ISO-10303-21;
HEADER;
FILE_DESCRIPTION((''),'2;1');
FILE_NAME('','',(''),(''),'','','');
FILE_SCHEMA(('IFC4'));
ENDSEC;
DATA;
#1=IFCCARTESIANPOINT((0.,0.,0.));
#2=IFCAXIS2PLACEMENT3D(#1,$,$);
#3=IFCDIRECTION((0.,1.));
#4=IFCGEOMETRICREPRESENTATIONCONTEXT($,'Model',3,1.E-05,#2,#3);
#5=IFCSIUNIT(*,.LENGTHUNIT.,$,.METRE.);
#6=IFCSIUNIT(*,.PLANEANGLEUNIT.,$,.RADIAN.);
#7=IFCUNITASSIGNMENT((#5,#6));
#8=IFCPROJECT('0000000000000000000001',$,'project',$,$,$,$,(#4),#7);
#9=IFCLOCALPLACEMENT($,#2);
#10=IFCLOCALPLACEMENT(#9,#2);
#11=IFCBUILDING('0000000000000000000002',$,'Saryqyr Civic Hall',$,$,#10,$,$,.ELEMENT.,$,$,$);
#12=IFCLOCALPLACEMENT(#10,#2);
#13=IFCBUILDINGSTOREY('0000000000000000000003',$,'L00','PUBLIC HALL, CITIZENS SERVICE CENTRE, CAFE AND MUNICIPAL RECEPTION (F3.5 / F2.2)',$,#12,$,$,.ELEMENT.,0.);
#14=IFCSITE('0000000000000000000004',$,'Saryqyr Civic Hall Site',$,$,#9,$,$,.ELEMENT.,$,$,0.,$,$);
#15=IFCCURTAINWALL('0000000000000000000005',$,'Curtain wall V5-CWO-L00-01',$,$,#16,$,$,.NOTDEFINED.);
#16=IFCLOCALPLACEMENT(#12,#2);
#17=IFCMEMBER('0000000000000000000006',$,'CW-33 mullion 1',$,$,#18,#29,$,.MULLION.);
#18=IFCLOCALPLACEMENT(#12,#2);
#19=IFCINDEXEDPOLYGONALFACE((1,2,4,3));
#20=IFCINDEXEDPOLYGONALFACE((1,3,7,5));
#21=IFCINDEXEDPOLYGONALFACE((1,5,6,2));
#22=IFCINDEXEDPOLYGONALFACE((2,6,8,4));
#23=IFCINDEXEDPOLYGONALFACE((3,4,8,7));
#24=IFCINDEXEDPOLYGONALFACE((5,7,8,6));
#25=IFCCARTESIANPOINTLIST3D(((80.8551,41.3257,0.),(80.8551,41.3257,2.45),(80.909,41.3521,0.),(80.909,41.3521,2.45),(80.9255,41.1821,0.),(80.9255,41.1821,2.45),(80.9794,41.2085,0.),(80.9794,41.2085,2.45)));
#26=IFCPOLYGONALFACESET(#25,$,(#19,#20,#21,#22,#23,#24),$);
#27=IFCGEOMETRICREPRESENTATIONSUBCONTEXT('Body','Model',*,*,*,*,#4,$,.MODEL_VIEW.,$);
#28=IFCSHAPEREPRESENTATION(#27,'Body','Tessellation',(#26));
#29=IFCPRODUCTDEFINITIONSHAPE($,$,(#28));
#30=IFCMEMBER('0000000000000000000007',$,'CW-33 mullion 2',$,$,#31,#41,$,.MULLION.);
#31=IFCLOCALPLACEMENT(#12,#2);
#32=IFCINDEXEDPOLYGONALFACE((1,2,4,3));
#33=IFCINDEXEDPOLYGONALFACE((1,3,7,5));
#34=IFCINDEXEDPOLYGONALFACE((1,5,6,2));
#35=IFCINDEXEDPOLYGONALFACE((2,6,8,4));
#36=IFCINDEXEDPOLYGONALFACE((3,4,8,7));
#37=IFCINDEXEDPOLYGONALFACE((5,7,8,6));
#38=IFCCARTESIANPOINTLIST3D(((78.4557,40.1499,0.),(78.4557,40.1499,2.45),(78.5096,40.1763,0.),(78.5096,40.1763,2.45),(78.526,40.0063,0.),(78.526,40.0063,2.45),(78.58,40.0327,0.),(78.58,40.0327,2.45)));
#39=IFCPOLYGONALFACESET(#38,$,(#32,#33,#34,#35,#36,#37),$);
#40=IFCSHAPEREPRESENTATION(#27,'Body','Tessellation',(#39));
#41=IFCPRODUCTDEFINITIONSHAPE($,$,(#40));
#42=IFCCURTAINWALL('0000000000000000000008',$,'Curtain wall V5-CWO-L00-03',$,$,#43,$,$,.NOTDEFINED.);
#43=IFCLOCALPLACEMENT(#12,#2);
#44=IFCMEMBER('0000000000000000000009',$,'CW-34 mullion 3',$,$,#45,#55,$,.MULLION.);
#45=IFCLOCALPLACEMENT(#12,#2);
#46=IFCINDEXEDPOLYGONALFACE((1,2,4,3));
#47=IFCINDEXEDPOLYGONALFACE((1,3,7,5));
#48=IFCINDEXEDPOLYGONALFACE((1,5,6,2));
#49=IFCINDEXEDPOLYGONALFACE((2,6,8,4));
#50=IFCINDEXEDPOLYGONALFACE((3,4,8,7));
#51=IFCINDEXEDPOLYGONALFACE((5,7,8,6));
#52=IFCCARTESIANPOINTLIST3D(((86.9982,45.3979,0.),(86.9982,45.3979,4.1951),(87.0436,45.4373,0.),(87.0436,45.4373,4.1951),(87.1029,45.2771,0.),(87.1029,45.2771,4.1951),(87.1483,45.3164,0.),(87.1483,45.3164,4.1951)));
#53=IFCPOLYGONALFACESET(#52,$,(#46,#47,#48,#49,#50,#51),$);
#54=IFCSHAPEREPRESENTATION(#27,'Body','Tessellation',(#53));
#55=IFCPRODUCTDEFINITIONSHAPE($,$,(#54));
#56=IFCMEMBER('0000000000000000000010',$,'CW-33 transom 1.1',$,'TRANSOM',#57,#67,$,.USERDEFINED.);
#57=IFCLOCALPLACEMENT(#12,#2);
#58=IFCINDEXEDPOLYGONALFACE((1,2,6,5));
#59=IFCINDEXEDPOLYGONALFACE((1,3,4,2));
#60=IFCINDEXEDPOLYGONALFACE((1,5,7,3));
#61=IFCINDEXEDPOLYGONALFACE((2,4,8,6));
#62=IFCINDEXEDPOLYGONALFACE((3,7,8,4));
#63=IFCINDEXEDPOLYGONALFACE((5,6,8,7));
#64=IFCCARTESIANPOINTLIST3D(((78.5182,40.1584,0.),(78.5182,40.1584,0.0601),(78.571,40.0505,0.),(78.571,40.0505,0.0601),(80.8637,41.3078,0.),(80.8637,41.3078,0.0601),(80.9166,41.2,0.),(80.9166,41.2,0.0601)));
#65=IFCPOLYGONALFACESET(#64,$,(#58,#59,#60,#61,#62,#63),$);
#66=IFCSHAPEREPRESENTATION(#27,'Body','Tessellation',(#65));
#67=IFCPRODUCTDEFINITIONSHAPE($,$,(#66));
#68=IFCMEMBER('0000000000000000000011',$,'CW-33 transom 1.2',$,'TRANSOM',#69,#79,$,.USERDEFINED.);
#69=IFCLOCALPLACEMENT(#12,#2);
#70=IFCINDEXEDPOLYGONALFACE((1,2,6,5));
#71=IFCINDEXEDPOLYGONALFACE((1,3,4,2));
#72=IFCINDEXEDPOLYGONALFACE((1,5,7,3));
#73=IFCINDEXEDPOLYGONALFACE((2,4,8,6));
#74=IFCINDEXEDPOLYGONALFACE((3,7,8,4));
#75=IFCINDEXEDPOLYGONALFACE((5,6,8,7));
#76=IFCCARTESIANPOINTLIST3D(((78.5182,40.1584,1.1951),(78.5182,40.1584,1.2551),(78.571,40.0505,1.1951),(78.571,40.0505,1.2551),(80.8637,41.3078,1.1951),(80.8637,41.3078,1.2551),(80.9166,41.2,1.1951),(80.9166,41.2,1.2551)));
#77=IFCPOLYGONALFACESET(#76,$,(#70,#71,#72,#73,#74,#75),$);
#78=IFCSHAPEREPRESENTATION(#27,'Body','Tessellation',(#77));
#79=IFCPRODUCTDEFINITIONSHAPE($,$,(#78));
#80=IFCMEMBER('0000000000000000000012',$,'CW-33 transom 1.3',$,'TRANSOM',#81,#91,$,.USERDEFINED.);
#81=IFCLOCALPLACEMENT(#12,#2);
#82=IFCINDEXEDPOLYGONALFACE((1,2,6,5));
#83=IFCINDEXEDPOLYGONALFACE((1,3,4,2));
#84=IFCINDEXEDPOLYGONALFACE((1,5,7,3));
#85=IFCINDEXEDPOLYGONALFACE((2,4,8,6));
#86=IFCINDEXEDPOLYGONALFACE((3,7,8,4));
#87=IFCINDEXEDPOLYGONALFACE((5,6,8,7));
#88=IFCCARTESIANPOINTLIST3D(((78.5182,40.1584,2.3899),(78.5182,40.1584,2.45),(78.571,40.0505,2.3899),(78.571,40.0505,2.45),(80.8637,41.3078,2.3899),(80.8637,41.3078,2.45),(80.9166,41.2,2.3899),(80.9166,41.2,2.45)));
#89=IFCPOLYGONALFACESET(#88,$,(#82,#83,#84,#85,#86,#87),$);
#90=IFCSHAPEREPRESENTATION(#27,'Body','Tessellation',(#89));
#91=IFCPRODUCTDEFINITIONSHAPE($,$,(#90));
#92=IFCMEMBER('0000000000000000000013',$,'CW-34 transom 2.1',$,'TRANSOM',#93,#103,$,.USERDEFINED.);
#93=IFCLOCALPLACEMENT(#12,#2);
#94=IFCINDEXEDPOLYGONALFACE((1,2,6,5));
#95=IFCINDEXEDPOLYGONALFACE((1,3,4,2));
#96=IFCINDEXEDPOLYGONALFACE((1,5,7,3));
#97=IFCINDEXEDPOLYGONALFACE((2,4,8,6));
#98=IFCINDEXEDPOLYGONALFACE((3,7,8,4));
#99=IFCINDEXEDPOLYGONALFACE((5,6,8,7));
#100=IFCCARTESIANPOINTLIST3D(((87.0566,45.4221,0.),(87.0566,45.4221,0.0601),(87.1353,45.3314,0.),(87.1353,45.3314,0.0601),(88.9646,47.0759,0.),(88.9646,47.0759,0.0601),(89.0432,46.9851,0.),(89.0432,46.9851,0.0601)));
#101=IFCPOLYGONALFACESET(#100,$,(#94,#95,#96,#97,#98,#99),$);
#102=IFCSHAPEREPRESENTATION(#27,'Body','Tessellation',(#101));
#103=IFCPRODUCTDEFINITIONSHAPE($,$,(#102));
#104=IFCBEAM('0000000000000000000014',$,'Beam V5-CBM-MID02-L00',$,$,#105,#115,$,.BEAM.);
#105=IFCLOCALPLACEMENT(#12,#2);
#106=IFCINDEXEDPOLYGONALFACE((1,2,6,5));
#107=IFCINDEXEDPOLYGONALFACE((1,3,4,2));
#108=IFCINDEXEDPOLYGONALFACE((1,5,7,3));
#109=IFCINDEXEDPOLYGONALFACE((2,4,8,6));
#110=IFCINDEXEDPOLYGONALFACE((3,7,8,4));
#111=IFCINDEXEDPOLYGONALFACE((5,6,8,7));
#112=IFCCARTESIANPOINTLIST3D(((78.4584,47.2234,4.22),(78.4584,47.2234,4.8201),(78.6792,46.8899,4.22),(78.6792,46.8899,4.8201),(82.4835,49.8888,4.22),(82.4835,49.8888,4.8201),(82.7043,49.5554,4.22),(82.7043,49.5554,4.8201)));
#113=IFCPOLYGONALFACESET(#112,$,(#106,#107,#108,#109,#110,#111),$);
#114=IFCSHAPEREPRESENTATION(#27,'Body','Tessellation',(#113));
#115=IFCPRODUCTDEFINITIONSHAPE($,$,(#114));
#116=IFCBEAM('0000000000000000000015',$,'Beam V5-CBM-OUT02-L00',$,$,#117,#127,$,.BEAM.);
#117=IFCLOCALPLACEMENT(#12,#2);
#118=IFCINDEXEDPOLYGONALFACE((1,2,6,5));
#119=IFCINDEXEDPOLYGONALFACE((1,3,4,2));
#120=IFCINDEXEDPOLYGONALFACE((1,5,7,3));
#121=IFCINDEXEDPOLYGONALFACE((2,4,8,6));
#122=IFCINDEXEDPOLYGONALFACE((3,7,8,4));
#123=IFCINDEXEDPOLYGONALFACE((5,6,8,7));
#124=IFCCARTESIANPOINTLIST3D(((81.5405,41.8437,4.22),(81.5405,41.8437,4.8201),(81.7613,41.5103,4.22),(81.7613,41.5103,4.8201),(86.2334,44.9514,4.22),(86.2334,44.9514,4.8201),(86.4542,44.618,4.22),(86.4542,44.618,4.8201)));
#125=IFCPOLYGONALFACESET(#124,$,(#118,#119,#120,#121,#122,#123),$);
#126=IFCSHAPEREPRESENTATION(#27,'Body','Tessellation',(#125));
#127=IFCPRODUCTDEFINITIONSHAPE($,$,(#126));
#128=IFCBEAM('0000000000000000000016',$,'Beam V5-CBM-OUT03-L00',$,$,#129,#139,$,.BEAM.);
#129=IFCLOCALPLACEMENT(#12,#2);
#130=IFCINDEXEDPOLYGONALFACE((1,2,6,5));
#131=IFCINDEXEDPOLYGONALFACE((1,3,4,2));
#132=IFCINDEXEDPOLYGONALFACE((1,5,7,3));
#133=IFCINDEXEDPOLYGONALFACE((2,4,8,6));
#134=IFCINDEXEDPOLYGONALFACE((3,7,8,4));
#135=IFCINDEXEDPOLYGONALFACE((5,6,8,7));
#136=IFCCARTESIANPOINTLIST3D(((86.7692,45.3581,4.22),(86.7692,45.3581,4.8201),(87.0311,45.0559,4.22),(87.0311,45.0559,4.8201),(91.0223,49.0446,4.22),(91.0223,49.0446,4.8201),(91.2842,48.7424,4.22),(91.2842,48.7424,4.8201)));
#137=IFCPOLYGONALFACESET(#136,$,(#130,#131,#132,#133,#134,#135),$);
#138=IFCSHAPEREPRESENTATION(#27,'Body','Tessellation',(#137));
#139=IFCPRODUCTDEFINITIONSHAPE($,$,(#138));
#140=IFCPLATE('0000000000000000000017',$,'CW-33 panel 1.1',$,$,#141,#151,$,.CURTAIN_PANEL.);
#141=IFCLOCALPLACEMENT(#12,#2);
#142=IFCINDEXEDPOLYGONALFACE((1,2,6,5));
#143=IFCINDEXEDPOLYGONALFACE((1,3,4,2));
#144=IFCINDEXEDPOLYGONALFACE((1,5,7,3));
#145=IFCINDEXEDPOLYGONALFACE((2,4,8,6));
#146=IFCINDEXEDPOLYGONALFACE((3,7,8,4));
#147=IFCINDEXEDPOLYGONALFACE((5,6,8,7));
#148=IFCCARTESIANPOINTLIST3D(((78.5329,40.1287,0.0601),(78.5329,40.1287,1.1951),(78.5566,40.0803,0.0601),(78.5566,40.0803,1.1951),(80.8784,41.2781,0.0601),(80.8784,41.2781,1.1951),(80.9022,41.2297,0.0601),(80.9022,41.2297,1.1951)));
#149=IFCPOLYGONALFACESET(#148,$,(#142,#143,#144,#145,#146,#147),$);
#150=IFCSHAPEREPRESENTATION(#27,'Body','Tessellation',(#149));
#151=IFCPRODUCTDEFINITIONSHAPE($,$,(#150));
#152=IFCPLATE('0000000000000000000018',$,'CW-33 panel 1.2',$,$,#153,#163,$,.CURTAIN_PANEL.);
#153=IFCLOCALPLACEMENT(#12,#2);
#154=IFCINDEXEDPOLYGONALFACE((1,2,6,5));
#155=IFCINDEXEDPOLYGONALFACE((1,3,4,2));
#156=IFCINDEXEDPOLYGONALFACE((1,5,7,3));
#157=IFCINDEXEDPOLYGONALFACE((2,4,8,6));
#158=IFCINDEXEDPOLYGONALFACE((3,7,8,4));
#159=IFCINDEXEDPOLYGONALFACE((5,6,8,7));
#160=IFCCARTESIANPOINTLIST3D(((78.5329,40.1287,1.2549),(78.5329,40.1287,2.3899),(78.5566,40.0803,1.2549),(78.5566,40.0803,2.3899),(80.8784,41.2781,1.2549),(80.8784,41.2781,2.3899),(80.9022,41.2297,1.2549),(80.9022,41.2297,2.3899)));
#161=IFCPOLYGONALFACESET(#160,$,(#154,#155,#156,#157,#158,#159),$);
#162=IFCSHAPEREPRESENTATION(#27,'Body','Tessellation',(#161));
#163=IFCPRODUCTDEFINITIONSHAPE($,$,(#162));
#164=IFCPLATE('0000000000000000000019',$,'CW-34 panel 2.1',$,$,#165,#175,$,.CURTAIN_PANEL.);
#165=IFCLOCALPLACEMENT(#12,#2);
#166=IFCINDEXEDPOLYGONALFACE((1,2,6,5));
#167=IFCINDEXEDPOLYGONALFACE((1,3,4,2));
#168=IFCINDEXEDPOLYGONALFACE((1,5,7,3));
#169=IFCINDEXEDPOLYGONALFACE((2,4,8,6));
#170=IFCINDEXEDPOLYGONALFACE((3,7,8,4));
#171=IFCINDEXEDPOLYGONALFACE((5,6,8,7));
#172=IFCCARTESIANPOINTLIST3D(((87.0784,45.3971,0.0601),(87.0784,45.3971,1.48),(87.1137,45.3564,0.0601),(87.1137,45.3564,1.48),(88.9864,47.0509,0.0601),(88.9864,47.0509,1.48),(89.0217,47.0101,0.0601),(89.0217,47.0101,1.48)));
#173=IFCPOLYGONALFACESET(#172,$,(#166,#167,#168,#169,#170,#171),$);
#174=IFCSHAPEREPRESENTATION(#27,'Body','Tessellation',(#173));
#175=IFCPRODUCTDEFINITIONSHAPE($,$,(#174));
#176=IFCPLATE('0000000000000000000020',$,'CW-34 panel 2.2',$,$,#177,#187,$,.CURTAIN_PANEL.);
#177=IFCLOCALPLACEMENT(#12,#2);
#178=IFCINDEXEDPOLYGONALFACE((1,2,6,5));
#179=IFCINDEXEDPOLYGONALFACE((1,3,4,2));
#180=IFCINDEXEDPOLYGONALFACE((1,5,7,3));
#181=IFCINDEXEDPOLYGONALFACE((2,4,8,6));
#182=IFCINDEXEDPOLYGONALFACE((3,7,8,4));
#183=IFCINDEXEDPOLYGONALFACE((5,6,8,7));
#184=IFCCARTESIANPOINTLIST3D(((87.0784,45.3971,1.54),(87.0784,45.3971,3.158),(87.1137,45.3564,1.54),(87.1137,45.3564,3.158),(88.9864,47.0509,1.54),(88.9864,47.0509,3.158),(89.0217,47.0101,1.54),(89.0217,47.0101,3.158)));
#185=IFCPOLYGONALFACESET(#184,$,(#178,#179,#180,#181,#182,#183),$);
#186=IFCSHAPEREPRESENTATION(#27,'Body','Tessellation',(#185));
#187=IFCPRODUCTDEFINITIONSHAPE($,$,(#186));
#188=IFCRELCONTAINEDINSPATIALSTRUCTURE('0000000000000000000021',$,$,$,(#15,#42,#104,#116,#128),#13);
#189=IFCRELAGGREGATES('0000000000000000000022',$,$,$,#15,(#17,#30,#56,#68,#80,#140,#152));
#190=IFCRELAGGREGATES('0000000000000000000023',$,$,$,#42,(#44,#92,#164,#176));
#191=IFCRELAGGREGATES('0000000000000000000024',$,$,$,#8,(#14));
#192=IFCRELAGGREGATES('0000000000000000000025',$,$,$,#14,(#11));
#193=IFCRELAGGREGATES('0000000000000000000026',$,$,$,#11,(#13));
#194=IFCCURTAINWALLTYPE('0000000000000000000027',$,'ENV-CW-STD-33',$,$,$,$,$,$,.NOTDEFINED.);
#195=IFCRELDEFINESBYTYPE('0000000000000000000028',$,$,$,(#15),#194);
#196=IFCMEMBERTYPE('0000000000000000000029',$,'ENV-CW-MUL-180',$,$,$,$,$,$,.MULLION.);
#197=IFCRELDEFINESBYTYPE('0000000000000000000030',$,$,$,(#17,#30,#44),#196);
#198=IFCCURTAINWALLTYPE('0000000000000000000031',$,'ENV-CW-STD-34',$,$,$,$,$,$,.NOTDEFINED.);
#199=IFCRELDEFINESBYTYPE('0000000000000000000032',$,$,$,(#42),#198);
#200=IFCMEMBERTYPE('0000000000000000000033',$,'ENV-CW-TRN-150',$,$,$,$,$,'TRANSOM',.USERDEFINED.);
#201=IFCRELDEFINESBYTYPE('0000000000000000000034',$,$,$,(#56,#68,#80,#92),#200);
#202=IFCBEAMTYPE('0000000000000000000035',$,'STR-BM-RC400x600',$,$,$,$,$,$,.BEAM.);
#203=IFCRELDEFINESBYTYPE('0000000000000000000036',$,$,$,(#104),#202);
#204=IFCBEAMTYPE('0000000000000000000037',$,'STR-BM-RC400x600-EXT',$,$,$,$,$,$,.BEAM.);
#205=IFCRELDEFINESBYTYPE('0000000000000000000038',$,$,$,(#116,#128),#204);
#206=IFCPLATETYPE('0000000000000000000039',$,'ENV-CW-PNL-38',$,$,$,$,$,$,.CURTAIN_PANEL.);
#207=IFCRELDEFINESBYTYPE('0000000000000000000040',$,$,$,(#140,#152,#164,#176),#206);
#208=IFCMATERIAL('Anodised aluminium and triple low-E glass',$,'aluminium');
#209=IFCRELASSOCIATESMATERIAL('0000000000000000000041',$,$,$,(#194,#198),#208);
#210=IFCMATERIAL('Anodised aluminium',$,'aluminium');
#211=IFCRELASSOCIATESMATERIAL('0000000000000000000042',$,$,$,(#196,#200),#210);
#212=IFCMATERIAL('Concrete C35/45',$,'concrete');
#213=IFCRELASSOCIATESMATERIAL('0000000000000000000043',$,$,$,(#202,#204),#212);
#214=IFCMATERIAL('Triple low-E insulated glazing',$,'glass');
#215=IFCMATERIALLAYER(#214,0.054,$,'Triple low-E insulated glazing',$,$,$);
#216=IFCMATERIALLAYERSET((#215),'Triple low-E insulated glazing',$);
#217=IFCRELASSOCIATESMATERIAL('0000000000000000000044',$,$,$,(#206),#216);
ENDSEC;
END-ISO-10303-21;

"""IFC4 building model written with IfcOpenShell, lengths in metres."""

from ifc_helpers import new_model, si_unit, direction, frame, origin, origin_2d, place, context, subcontext, project, spatial, rectangle, extrude, material, layer, layer_set, material_profile, profile_set, type_object, element, aggregate, save


model = new_model("IFC4")

# Units and contexts
model_context = context("Model", 3, precision=1e-05, world=origin(), true_north=direction((0.0, 1.0)))
body_context = subcontext(model_context, "Body", "Model", "MODEL_VIEW")
ifc_project = project(units=[si_unit("LENGTHUNIT", "METRE"), si_unit("PLANEANGLEUNIT", "RADIAN")], contexts=[model_context])

# Site, building, storey
site_placement = place(None, origin())
site = spatial("IfcSite", under=ifc_project, at=site_placement, Name="Saryqyr Civic Hall Site", CompositionType="ELEMENT", RefElevation=0.0)
building_placement = place(site_placement, origin())
building = spatial("IfcBuilding", under=site, at=building_placement, Name="Saryqyr Civic Hall", CompositionType="ELEMENT")
storey_placement = place(building_placement, origin())
storey = spatial("IfcBuildingStorey", under=building, at=storey_placement, Name="L00", Description="PUBLIC HALL, CITIZENS SERVICE CENTRE, CAFE AND MUNICIPAL RECEPTION (F3.5 / F2.2)", CompositionType="ELEMENT", Elevation=0.0)

# Curtain wall, members
ifc_material_1 = material(Name="Anodised aluminium and triple low-E glass", Category="aluminium")
curtain_wall_type_1 = type_object("IfcCurtainWallType", Name="ENV-CW-STD-33", PredefinedType="NOTDEFINED", material=ifc_material_1)
curtain_wall_1_placement = place(storey_placement, origin())
curtain_wall_1 = element("IfcCurtainWall", 1, at=curtain_wall_1_placement, inside=storey, type_object=curtain_wall_type_1, Name="Curtain wall V5-CWO-L00-01", PredefinedType="NOTDEFINED")
ifc_material_2 = material(Name="Anodised aluminium", Category="aluminium")
ifc_material_profile_1 = material_profile(ifc_material_2, rectangle(XDim=0.0601, YDim=0.1599, at=origin_2d()), Name="ALU MULLION 60x160")
ifc_profile_set_1 = profile_set([ifc_material_profile_1], Name="Anodised aluminium")
member_type_1 = type_object("IfcMemberType", Name="ENV-CW-MUL-180", PredefinedType="MULLION", material=ifc_profile_set_1)
member_1_placement = place(storey_placement, frame((80.9172, 41.2671, 0.0), z_axis=(0.0, 0.0, 1.0), x_axis=(-0.897977, -0.440042, 0.0)))
member_1 = element("IfcMember", 2, at=member_1_placement, type_object=member_type_1, Name="CW-33 mullion 1", PredefinedType="MULLION", context=body_context, shape_type="SweptSolid", body=[
    extrude(rectangle(XDim=0.0601, YDim=0.1599, at=origin_2d()), origin(), (0.0, 0.0, 1.0), 2.45),
])
member_2_placement = place(storey_placement, frame((78.5178, 40.0913, 0.0), z_axis=(0.0, 0.0, 1.0), x_axis=(-0.897977, -0.440042, 0.0)))
member_2 = element("IfcMember", 3, at=member_2_placement, type_object=member_type_1, Name="CW-33 mullion 2", PredefinedType="MULLION", context=body_context, shape_type="SweptSolid", body=[
    extrude(rectangle(XDim=0.0601, YDim=0.1599, at=origin_2d()), origin(), (0.0, 0.0, 1.0), 2.45),
])

# Curtain wall, member
curtain_wall_type_2 = type_object("IfcCurtainWallType", Name="ENV-CW-STD-34", PredefinedType="NOTDEFINED", material=ifc_material_1)
curtain_wall_2_placement = place(storey_placement, origin())
curtain_wall_2 = element("IfcCurtainWall", 4, at=curtain_wall_2_placement, inside=storey, type_object=curtain_wall_type_2, Name="Curtain wall V5-CWO-L00-03", PredefinedType="NOTDEFINED")
member_3_placement = place(storey_placement, frame((87.0732, 45.3572, 0.0), z_axis=(0.0, 0.0, 1.0), x_axis=(-0.755656, -0.654968, 0.0)))
member_3 = element("IfcMember", 5, at=member_3_placement, type_object=member_type_1, Name="CW-34 mullion 3", PredefinedType="MULLION", context=body_context, shape_type="SweptSolid", body=[
    extrude(rectangle(XDim=0.0601, YDim=0.1599, at=origin_2d()), origin(), (0.0, 0.0, 1.0), 4.1951),
])

# Members
ifc_material_profile_2 = material_profile(ifc_material_2, rectangle(XDim=0.1201, YDim=0.0601, at=origin_2d()), Name="ALU TRANSOM 120x60")
ifc_profile_set_2 = profile_set([ifc_material_profile_2], Name="Anodised aluminium")
member_type_2 = type_object("IfcMemberType", Name="ENV-CW-TRN-150", ElementType="TRANSOM", PredefinedType="USERDEFINED", material=ifc_profile_set_2)
member_4_placement = place(storey_placement, frame((80.8901, 41.2539, 0.03), z_axis=(-0.897969, -0.440058, 0.0), x_axis=(0.440058, -0.897969, 0.0)))
member_4 = element("IfcMember", 6, at=member_4_placement, type_object=member_type_2, Name="CW-33 transom 1.1", ObjectType="TRANSOM", PredefinedType="USERDEFINED", context=body_context, shape_type="SweptSolid", body=[
    extrude(rectangle(XDim=0.1201, YDim=0.0601, at=origin_2d()), origin(), (0.0, 0.0, 1.0), 2.6121),
])
member_5_placement = place(storey_placement, frame((80.8901, 41.2539, 1.2251), z_axis=(-0.897969, -0.440058, 0.0), x_axis=(0.440058, -0.897969, 0.0)))
member_5 = element("IfcMember", 7, at=member_5_placement, type_object=member_type_2, Name="CW-33 transom 1.2", ObjectType="TRANSOM", PredefinedType="USERDEFINED", context=body_context, shape_type="SweptSolid", body=[
    extrude(rectangle(XDim=0.1201, YDim=0.0601, at=origin_2d()), origin(), (0.0, 0.0, 1.0), 2.6121),
])
member_6_placement = place(storey_placement, frame((80.8901, 41.2539, 2.4199), z_axis=(-0.897969, -0.440058, 0.0), x_axis=(0.440058, -0.897969, 0.0)))
member_6 = element("IfcMember", 8, at=member_6_placement, type_object=member_type_2, Name="CW-33 transom 1.3", ObjectType="TRANSOM", PredefinedType="USERDEFINED", context=body_context, shape_type="SweptSolid", body=[
    extrude(rectangle(XDim=0.1201, YDim=0.0601, at=origin_2d()), origin(), (0.0, 0.0, 1.0), 2.6121),
])
member_7_placement = place(storey_placement, frame((89.0039, 47.0305, 0.03), z_axis=(-0.755641, -0.654986, 0.0), x_axis=(0.654986, -0.755641, 0.0)))
member_7 = element("IfcMember", 9, at=member_7_placement, type_object=member_type_2, Name="CW-34 transom 2.1", ObjectType="TRANSOM", PredefinedType="USERDEFINED", context=body_context, shape_type="SweptSolid", body=[
    extrude(rectangle(XDim=0.1201, YDim=0.0601, at=origin_2d()), origin(), (0.0, 0.0, 1.0), 2.5249),
])

# Beams
ifc_material_3 = material(Name="Concrete C35/45", Category="concrete")
ifc_material_profile_3 = material_profile(ifc_material_3, rectangle(XDim=0.3999, YDim=0.6001, at=origin_2d()), Name="RC 400x600")
ifc_profile_set_3 = profile_set([ifc_material_profile_3], Name="Concrete C35/45")
beam_type_1 = type_object("IfcBeamType", Name="STR-BM-RC400x600", PredefinedType="BEAM", material=ifc_profile_set_3)
beam_1_placement = place(storey_placement, frame((78.5688, 47.0566, 4.52), z_axis=(0.833758, 0.55213, 0.0), x_axis=(-0.55213, 0.833758, 0.0)))
element("IfcBeam", 10, at=beam_1_placement, inside=storey, type_object=beam_type_1, Name="Beam V5-CBM-MID02-L00", PredefinedType="BEAM", context=body_context, shape_type="SweptSolid", body=[
    extrude(rectangle(XDim=0.3999, YDim=0.6001, at=origin_2d()), origin(), (0.0, 0.0, 1.0), 4.8276),
])
ifc_material_profile_4 = material_profile(ifc_material_3, rectangle(XDim=0.3999, YDim=0.6001, at=origin_2d()), Name="RC 400x600")
ifc_profile_set_4 = profile_set([ifc_material_profile_4], Name="Concrete C35/45")
beam_type_2 = type_object("IfcBeamType", Name="STR-BM-RC400x600-EXT", PredefinedType="BEAM", material=ifc_profile_set_4)
beam_2_placement = place(storey_placement, frame((81.6509, 41.677, 4.52), z_axis=(0.833761, 0.552125, 0.0), x_axis=(-0.552125, 0.833761, 0.0)))
element("IfcBeam", 11, at=beam_2_placement, inside=storey, type_object=beam_type_2, Name="Beam V5-CBM-OUT02-L00", PredefinedType="BEAM", context=body_context, shape_type="SweptSolid", body=[
    extrude(rectangle(XDim=0.3999, YDim=0.6001, at=origin_2d()), origin(), (0.0, 0.0, 1.0), 5.6287),
])
beam_3_placement = place(storey_placement, frame((86.9001, 45.207, 4.52), z_axis=(0.75565, 0.654975, 0.0), x_axis=(-0.654975, 0.75565, 0.0)))
element("IfcBeam", 12, at=beam_3_placement, inside=storey, type_object=beam_type_2, Name="Beam V5-CBM-OUT03-L00", PredefinedType="BEAM", context=body_context, shape_type="SweptSolid", body=[
    extrude(rectangle(XDim=0.3999, YDim=0.6001, at=origin_2d()), origin(), (0.0, 0.0, 1.0), 5.6284),
])

# Plates
ifc_material_4 = material(Name="Triple low-E insulated glazing", Category="glass")
ifc_layer_1 = layer(ifc_material_4, 0.054, Name="Triple low-E insulated glazing")
ifc_layer_set_1 = layer_set([ifc_layer_1], Name="Triple low-E insulated glazing")
plate_type = type_object("IfcPlateType", Name="ENV-CW-PNL-38", PredefinedType="CURTAIN_PANEL", material=ifc_layer_set_1)
plate_1_placement = place(storey_placement, frame((79.7175, 40.6792, 0.0601), z_axis=(0.0, 0.0, 1.0), x_axis=(-0.897977, -0.440042, 0.0)))
plate_1 = element("IfcPlate", 13, at=plate_1_placement, type_object=plate_type, Name="CW-33 panel 1.1", PredefinedType="CURTAIN_PANEL", context=body_context, shape_type="SweptSolid", body=[
    extrude(rectangle(XDim=2.6121, YDim=0.054, at=origin_2d()), origin(), (0.0, 0.0, 1.0), 1.135),
])
plate_2_placement = place(storey_placement, frame((79.7175, 40.6792, 1.2549), z_axis=(0.0, 0.0, 1.0), x_axis=(-0.897977, -0.440042, 0.0)))
plate_2 = element("IfcPlate", 14, at=plate_2_placement, type_object=plate_type, Name="CW-33 panel 1.2", PredefinedType="CURTAIN_PANEL", context=body_context, shape_type="SweptSolid", body=[
    extrude(rectangle(XDim=2.6121, YDim=0.054, at=origin_2d()), origin(), (0.0, 0.0, 1.0), 1.135),
])
aggregate(curtain_wall_1, [member_1, member_2, member_4, member_5, member_6, plate_1, plate_2])
plate_3_placement = place(storey_placement, frame((88.05, 46.2036, 0.0601), z_axis=(0.0, 0.0, 1.0), x_axis=(-0.755656, -0.654968, 0.0)))
plate_3 = element("IfcPlate", 15, at=plate_3_placement, type_object=plate_type, Name="CW-34 panel 2.1", PredefinedType="CURTAIN_PANEL", context=body_context, shape_type="SweptSolid", body=[
    extrude(rectangle(XDim=2.5249, YDim=0.054, at=origin_2d()), origin(), (0.0, 0.0, 1.0), 1.4199),
])
plate_4_placement = place(storey_placement, frame((88.05, 46.2036, 1.54), z_axis=(0.0, 0.0, 1.0), x_axis=(-0.755656, -0.654968, 0.0)))
plate_4 = element("IfcPlate", 16, at=plate_4_placement, type_object=plate_type, Name="CW-34 panel 2.2", PredefinedType="CURTAIN_PANEL", context=body_context, shape_type="SweptSolid", body=[
    extrude(rectangle(XDim=2.5249, YDim=0.054, at=origin_2d()), origin(), (0.0, 0.0, 1.0), 1.6179),
])
aggregate(curtain_wall_2, [member_3, member_7, plate_3, plate_4])

save(model, "model.ifc")
